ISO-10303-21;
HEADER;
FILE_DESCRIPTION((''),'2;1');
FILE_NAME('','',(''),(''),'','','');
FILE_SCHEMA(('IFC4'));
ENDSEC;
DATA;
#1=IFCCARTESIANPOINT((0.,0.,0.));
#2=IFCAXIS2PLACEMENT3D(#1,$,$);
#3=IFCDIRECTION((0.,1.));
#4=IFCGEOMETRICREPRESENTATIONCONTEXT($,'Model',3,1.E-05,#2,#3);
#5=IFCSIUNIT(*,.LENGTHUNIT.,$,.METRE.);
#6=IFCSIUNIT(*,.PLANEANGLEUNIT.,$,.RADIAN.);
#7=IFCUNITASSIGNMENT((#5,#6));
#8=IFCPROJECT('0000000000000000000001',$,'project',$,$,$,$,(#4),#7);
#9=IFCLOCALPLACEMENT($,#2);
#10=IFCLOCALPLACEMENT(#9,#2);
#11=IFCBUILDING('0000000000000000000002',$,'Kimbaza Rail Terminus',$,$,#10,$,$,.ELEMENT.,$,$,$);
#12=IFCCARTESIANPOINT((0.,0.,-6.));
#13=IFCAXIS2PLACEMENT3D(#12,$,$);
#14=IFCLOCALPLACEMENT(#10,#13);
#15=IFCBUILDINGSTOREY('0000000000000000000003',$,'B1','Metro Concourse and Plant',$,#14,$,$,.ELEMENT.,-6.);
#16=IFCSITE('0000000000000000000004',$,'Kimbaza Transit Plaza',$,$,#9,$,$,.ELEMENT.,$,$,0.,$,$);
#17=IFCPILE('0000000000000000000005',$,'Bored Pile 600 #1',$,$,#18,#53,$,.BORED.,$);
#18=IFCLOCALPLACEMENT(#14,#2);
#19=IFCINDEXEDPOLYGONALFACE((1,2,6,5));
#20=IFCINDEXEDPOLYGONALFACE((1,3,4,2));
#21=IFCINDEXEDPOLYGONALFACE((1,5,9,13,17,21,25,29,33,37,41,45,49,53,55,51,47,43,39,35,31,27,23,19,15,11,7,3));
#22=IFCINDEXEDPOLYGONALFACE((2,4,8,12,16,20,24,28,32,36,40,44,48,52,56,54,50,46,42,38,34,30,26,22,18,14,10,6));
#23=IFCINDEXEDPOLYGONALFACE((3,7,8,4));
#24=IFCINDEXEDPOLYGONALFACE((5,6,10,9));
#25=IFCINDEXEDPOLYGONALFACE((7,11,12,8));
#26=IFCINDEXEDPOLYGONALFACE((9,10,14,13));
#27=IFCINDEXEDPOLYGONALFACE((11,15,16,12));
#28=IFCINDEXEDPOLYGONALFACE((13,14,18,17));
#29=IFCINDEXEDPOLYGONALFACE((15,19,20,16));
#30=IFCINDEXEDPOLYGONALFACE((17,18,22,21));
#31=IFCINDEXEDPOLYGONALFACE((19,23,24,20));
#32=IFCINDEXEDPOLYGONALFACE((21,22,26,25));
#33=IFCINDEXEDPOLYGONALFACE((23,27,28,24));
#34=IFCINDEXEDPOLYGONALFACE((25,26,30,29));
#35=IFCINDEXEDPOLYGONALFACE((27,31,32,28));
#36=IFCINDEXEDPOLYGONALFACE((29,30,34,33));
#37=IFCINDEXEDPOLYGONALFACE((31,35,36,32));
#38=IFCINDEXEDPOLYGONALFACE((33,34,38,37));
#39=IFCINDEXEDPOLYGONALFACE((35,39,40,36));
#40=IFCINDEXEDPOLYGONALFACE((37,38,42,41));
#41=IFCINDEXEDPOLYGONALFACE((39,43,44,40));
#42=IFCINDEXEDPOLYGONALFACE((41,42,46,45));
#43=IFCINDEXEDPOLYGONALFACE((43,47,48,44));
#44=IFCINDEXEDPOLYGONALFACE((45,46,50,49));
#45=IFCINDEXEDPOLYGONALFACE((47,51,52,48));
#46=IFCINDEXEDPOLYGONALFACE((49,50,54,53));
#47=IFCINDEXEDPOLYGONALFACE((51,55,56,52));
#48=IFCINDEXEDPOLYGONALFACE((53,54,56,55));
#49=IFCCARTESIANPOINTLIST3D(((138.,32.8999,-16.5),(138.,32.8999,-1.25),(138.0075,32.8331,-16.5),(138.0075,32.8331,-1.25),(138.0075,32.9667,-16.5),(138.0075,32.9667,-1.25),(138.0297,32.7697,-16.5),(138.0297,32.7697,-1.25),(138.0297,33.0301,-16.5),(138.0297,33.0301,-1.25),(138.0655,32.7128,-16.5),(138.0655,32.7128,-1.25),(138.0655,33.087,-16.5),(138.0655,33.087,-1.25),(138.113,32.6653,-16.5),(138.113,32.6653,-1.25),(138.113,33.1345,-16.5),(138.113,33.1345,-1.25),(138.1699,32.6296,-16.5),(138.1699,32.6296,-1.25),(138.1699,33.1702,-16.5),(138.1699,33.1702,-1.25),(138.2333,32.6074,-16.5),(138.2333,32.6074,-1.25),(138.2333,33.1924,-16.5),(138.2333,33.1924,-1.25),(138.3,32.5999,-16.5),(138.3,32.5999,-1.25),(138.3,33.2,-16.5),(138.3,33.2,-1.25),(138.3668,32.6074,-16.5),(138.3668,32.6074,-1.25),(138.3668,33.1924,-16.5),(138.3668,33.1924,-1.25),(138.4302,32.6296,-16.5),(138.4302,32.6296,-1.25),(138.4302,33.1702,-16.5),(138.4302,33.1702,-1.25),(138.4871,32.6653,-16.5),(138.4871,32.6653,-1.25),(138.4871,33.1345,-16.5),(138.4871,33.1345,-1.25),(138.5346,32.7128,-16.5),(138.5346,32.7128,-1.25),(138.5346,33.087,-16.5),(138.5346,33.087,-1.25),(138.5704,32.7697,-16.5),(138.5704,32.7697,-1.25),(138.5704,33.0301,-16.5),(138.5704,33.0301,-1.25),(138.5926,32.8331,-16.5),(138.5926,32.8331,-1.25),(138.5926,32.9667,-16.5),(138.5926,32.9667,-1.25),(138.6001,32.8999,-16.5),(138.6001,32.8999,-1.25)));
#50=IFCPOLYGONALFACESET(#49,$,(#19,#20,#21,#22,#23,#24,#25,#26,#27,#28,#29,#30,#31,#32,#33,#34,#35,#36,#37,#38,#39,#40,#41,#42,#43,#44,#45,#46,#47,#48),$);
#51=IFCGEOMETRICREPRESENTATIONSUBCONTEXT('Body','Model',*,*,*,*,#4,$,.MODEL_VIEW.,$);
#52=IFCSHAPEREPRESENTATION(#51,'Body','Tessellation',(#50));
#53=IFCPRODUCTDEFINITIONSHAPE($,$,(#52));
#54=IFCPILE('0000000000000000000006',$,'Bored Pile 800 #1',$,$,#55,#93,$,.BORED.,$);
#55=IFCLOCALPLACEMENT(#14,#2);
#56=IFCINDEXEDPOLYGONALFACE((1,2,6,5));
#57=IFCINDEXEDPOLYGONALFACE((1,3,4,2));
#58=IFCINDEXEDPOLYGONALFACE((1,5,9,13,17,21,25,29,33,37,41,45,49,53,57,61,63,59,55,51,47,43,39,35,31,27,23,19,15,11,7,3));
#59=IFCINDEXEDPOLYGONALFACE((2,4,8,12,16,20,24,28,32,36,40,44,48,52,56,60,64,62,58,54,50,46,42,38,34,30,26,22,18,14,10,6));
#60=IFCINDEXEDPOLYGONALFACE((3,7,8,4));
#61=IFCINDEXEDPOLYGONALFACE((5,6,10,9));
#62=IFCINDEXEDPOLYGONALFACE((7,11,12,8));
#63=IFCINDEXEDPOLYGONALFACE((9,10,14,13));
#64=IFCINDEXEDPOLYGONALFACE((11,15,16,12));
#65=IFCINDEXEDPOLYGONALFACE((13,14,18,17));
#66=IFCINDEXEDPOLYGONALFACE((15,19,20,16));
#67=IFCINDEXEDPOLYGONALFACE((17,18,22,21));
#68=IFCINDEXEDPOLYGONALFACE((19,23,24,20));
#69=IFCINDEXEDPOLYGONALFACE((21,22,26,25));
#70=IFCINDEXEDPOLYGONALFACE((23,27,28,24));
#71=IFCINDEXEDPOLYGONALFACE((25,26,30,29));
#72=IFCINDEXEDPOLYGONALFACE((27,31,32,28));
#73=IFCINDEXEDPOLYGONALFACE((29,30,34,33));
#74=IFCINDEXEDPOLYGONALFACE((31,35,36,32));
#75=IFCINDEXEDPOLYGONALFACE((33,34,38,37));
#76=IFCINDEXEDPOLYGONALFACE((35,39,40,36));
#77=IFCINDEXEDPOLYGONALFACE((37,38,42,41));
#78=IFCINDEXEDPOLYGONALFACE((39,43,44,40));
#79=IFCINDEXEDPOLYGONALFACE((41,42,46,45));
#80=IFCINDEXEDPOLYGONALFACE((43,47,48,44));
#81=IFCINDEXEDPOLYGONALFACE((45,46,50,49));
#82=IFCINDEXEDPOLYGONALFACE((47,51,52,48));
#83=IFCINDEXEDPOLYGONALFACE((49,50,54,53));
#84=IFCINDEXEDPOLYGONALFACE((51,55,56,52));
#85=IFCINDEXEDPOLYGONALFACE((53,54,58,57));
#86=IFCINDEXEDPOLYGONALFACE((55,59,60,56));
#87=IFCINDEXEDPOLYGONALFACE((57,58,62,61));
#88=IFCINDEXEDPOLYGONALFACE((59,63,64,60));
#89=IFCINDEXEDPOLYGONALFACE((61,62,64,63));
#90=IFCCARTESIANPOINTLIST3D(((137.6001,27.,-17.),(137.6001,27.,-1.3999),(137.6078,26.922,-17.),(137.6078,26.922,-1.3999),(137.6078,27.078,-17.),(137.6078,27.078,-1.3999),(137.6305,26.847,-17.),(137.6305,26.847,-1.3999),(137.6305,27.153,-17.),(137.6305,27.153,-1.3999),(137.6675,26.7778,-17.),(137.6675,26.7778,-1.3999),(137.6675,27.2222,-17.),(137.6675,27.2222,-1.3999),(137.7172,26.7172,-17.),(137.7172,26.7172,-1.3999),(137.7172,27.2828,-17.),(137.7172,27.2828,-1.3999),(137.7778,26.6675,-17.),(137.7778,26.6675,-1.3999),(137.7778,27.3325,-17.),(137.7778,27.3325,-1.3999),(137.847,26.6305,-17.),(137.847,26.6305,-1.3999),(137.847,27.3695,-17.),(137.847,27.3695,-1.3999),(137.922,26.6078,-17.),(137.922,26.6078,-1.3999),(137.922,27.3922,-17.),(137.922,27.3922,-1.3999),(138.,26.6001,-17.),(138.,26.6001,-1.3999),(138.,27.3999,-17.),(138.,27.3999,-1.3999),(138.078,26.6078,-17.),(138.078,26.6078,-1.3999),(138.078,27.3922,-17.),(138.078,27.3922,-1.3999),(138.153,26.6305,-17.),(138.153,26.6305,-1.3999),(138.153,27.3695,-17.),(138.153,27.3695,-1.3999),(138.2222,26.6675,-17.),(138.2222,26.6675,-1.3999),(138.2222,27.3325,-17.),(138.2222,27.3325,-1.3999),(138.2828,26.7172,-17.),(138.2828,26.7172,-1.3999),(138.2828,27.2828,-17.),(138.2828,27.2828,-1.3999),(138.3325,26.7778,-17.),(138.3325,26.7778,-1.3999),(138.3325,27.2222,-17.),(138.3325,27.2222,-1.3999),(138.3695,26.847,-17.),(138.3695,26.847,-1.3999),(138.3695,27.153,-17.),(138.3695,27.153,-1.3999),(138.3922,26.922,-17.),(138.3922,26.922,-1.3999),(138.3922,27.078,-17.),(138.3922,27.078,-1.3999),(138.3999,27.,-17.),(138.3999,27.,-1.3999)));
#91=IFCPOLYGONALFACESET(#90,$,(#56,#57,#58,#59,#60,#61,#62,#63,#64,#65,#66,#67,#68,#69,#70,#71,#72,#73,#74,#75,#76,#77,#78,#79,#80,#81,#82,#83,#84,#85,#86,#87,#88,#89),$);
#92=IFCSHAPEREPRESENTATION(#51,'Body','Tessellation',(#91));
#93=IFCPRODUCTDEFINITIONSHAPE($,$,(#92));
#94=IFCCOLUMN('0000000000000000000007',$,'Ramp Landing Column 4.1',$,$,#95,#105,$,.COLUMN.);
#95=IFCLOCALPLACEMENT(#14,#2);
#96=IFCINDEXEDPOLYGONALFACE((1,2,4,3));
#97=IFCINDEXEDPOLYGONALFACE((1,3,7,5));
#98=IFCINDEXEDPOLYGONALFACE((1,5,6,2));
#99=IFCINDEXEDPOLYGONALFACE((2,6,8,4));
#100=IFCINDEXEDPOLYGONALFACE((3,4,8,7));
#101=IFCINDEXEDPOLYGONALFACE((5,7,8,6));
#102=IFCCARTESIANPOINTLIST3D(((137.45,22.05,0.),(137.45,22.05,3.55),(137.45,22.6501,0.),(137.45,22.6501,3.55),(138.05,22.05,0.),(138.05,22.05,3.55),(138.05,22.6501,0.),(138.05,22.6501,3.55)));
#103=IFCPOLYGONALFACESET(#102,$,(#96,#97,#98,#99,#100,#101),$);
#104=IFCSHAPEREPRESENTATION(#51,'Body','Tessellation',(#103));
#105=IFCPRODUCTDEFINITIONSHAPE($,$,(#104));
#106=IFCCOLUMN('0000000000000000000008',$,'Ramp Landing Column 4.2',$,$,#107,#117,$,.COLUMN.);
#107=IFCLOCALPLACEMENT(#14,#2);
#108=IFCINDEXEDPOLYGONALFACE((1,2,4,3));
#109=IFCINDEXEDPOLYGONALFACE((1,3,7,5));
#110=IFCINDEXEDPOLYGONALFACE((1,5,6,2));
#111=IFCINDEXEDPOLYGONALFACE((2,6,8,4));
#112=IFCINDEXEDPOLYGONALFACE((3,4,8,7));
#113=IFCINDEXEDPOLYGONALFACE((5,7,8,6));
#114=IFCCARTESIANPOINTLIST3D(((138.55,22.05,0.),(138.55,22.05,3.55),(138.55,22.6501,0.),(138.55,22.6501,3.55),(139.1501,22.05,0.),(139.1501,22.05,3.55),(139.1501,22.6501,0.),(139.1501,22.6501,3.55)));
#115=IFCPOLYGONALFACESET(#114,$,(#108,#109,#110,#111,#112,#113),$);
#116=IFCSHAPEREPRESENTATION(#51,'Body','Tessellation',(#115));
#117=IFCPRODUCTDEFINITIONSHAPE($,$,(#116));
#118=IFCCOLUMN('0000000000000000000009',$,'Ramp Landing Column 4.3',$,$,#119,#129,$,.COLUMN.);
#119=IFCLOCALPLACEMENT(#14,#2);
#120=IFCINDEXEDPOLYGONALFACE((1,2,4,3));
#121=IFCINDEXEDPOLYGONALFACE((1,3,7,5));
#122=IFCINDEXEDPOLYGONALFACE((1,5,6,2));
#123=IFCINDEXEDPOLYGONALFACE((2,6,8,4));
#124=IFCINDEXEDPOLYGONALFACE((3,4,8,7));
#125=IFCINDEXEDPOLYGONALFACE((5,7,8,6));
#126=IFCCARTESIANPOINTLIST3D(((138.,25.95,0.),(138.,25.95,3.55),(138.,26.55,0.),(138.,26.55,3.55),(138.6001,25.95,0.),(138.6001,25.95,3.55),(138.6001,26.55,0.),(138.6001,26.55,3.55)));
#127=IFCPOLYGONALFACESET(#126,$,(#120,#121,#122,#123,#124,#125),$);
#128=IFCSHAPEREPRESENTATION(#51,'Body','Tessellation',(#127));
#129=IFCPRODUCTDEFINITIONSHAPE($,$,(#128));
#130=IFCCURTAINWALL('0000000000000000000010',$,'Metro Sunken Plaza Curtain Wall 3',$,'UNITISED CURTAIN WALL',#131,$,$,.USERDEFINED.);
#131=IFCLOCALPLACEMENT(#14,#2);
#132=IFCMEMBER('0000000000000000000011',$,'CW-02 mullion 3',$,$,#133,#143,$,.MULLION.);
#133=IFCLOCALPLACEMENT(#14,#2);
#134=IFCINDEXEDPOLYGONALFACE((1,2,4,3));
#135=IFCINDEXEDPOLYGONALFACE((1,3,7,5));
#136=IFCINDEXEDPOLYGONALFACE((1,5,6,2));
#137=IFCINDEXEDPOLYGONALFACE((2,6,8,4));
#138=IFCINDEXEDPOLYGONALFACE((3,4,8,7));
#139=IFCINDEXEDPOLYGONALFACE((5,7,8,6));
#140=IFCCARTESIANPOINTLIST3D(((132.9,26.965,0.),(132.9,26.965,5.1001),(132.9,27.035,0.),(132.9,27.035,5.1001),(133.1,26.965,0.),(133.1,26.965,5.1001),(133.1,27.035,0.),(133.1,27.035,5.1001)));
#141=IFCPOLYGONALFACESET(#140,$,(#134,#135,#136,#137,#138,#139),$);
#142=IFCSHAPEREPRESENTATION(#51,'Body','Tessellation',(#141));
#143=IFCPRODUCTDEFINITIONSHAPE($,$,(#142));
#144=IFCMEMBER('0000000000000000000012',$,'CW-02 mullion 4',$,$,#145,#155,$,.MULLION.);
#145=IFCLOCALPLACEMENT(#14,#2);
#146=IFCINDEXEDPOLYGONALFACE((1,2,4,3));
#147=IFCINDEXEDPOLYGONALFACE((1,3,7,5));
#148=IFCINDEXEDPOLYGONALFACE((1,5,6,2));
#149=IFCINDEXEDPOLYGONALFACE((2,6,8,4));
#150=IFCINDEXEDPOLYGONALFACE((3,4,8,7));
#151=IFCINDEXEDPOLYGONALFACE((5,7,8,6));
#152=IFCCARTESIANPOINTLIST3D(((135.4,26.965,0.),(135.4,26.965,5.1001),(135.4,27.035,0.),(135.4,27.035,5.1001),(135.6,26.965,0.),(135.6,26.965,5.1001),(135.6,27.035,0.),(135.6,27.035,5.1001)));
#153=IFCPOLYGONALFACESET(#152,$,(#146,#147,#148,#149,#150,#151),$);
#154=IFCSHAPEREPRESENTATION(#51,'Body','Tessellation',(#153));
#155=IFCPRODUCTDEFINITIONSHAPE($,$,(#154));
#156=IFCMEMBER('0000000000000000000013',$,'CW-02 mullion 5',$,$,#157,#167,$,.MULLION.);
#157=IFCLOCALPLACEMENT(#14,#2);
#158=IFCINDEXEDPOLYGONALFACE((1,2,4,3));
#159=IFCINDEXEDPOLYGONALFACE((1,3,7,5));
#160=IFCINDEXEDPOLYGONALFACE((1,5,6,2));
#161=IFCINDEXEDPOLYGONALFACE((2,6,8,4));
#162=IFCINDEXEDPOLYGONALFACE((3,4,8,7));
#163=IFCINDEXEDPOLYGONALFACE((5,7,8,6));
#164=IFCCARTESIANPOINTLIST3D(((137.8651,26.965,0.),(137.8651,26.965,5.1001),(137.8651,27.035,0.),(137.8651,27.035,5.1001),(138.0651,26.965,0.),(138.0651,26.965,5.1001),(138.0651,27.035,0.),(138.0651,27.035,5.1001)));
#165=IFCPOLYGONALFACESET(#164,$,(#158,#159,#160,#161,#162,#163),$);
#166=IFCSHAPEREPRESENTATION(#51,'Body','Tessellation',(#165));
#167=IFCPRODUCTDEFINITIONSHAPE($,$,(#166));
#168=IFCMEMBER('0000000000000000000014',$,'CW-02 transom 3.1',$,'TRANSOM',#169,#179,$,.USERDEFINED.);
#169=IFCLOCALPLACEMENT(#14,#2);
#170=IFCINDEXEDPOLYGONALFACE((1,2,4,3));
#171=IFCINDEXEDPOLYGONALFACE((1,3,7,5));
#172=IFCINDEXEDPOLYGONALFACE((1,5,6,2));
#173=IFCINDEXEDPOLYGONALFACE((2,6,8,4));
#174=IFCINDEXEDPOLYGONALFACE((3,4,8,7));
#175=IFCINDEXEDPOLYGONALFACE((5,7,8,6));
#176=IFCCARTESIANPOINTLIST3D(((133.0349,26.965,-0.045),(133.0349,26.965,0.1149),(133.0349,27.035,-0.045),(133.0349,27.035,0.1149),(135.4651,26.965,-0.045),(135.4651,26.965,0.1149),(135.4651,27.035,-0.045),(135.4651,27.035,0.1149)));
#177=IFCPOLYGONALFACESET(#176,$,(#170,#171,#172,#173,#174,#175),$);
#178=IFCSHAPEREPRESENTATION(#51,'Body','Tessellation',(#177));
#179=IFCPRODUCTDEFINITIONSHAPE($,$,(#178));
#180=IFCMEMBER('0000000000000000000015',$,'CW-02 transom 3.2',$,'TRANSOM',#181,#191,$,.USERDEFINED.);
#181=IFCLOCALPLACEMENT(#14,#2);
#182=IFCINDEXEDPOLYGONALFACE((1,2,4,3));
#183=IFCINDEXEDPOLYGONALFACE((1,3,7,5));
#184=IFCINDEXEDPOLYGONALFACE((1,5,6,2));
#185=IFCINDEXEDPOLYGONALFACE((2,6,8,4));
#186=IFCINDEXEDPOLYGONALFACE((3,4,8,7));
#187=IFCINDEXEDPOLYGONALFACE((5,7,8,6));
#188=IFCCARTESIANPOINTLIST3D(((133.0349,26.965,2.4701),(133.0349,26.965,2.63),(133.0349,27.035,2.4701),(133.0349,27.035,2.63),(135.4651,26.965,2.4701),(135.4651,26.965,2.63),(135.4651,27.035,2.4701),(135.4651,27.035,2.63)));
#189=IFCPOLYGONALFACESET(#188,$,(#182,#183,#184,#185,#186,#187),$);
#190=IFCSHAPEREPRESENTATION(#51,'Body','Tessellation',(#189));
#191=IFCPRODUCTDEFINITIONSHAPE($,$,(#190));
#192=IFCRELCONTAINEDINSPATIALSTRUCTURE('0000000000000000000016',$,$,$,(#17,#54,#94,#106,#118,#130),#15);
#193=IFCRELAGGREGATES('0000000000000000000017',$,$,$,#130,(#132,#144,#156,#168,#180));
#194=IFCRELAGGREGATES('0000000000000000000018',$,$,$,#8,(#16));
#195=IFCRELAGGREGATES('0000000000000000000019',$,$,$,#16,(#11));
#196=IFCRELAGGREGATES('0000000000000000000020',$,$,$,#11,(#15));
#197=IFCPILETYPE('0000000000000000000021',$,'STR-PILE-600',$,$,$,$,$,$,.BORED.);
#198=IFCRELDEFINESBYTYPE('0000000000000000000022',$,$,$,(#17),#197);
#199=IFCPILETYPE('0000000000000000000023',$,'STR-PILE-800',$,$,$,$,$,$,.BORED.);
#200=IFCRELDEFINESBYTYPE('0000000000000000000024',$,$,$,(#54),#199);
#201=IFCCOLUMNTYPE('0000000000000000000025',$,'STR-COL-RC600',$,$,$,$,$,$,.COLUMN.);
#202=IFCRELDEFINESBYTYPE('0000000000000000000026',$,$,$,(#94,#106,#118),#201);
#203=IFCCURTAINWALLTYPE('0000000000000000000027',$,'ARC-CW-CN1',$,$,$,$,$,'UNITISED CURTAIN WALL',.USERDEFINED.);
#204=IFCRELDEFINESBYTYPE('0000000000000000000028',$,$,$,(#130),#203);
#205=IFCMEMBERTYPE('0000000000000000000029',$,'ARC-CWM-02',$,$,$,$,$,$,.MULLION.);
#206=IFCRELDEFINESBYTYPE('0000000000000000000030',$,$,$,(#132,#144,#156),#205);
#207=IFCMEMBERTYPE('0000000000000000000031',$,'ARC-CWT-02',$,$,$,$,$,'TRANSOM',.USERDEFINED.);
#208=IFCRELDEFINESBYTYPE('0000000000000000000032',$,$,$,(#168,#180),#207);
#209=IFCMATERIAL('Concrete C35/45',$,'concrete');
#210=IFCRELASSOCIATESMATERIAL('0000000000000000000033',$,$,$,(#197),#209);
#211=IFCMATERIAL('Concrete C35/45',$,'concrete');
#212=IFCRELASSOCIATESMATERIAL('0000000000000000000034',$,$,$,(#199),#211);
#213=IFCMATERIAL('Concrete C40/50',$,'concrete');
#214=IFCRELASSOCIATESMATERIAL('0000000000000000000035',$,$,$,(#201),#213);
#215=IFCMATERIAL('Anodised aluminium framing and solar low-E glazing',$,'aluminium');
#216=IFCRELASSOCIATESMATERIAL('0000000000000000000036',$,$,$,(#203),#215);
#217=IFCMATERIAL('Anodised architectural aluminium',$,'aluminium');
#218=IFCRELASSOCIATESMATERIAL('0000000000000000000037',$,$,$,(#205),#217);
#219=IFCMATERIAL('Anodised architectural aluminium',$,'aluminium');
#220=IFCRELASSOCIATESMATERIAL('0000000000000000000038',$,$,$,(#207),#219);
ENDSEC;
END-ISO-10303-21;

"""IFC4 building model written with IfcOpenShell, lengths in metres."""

from ifc_helpers import new_model, si_unit, direction, frame, origin, origin_2d, place, context, subcontext, project, spatial, rectangle, circle, extrude, material, material_profile, profile_set, type_object, element, aggregate, save


model = new_model("IFC4")

# Units and contexts
model_context = context("Model", 3, precision=1e-05, world=origin(), true_north=direction((0.0, 1.0)))
body_context = subcontext(model_context, "Body", "Model", "MODEL_VIEW")
ifc_project = project(units=[si_unit("LENGTHUNIT", "METRE"), si_unit("PLANEANGLEUNIT", "RADIAN")], contexts=[model_context])

# Site, building, storey
site_placement = place(None, origin())
site = spatial("IfcSite", under=ifc_project, at=site_placement, Name="Kimbaza Transit Plaza", CompositionType="ELEMENT", RefElevation=0.0)
building_placement = place(site_placement, origin())
building = spatial("IfcBuilding", under=site, at=building_placement, Name="Kimbaza Rail Terminus", CompositionType="ELEMENT")
storey_placement = place(building_placement, frame((0.0, 0.0, -6.0)))
storey = spatial("IfcBuildingStorey", under=building, at=storey_placement, Name="B1", Description="Metro Concourse and Plant", CompositionType="ELEMENT", Elevation=-6.0)

# Piles
ifc_material_1 = material(Name="Concrete C35/45", Category="concrete")
ifc_material_profile_1 = material_profile(ifc_material_1, circle(Radius=0.3, at=origin_2d()), Name="BORED PILE 600")
ifc_profile_set_1 = profile_set([ifc_material_profile_1], Name="Concrete C35/45")
pile_type_1 = type_object("IfcPileType", Name="STR-PILE-600", PredefinedType="BORED", material=ifc_profile_set_1)
pile_1_placement = place(storey_placement, frame((138.3, 32.8999, -1.25), z_axis=(0.0, 0.0, -1.0), x_axis=(1.0, 0.0, 0.0)))
element("IfcPile", 1, at=pile_1_placement, inside=storey, type_object=pile_type_1, Name="Bored Pile 600 #1", PredefinedType="BORED", context=body_context, shape_type="SweptSolid", body=[
    extrude(circle(Radius=0.3, at=origin_2d()), origin(), (0.0, 0.0, 1.0), 15.25),
])
ifc_material_2 = material(Name="Concrete C35/45", Category="concrete")
ifc_material_profile_2 = material_profile(ifc_material_2, circle(Radius=0.3999, at=origin_2d()), Name="BORED PILE 800")
ifc_profile_set_2 = profile_set([ifc_material_profile_2], Name="Concrete C35/45")
pile_type_2 = type_object("IfcPileType", Name="STR-PILE-800", PredefinedType="BORED", material=ifc_profile_set_2)
pile_2_placement = place(storey_placement, frame((138.0, 27.0, -1.3999), z_axis=(0.0, 0.0, -1.0), x_axis=(1.0, 0.0, 0.0)))
element("IfcPile", 2, at=pile_2_placement, inside=storey, type_object=pile_type_2, Name="Bored Pile 800 #1", PredefinedType="BORED", context=body_context, shape_type="SweptSolid", body=[
    extrude(circle(Radius=0.3999, at=origin_2d()), origin(), (0.0, 0.0, 1.0), 15.6001),
])

# Columns
ifc_material_3 = material(Name="Concrete C40/50", Category="concrete")
ifc_material_profile_3 = material_profile(ifc_material_3, rectangle(XDim=0.6001, YDim=0.6001, at=origin_2d()), Name="RC 600x600")
ifc_profile_set_3 = profile_set([ifc_material_profile_3], Name="Concrete C40/50")
column_type = type_object("IfcColumnType", Name="STR-COL-RC600", PredefinedType="COLUMN", material=ifc_profile_set_3)
for number, where, z_axis, x_axis, name in (
    (3, (137.75, 22.3501, 0.0), (0.0, 0.0, 1.0), (1.0, 0.0, 0.0), "Ramp Landing Column 4.1"),
    (4, (138.8501, 22.3501, 0.0), (0.0, 0.0, 1.0), (1.0, 0.0, 0.0), "Ramp Landing Column 4.2"),
    (5, (138.3, 26.25, 0.0), (0.0, 0.0, 1.0), (1.0, 0.0, 0.0), "Ramp Landing Column 4.3"),
):
    element("IfcColumn", number, at=place(storey_placement, frame(where, z_axis=z_axis, x_axis=x_axis)), inside=storey, type_object=column_type, Name=name, PredefinedType="COLUMN", context=body_context, shape_type="SweptSolid", body=[
        extrude(rectangle(XDim=0.6001, YDim=0.6001, at=origin_2d()), origin(), (0.0, 0.0, 1.0), 3.55),
    ])

# Curtain wall, members
ifc_material_4 = material(Name="Anodised aluminium framing and solar low-E glazing", Category="aluminium")
curtain_wall_type = type_object("IfcCurtainWallType", Name="ARC-CW-CN1", ElementType="UNITISED CURTAIN WALL", PredefinedType="USERDEFINED", material=ifc_material_4)
curtain_wall_placement = place(storey_placement, origin())
curtain_wall = element("IfcCurtainWall", 6, at=curtain_wall_placement, inside=storey, type_object=curtain_wall_type, Name="Metro Sunken Plaza Curtain Wall 3", ObjectType="UNITISED CURTAIN WALL", PredefinedType="USERDEFINED")
ifc_material_5 = material(Name="Anodised architectural aluminium", Category="aluminium")
ifc_material_profile_4 = material_profile(ifc_material_5, rectangle(XDim=0.0701, YDim=0.2, at=origin_2d()), Name="MULLION 70x200")
ifc_profile_set_4 = profile_set([ifc_material_profile_4], Name="Anodised architectural aluminium")
member_type_1 = type_object("IfcMemberType", Name="ARC-CWM-02", PredefinedType="MULLION", material=ifc_profile_set_4)
member_1_placement = place(storey_placement, frame((133.0, 27.0, 0.0), z_axis=(0.0, 0.0, 1.0), x_axis=(0.0, 1.0, 0.0)))
member_1 = element("IfcMember", 7, at=member_1_placement, type_object=member_type_1, Name="CW-02 mullion 3", PredefinedType="MULLION", context=body_context, shape_type="SweptSolid", body=[
    extrude(rectangle(XDim=0.0701, YDim=0.2, at=origin_2d()), origin(), (0.0, 0.0, 1.0), 5.1001),
])
member_2_placement = place(storey_placement, frame((135.5, 27.0, 0.0), z_axis=(0.0, 0.0, 1.0), x_axis=(0.0, 1.0, 0.0)))
member_2 = element("IfcMember", 8, at=member_2_placement, type_object=member_type_1, Name="CW-02 mullion 4", PredefinedType="MULLION", context=body_context, shape_type="SweptSolid", body=[
    extrude(rectangle(XDim=0.0701, YDim=0.2, at=origin_2d()), origin(), (0.0, 0.0, 1.0), 5.1001),
])
member_3_placement = place(storey_placement, frame((137.9651, 27.0, 0.0), z_axis=(0.0, 0.0, 1.0), x_axis=(0.0, 1.0, 0.0)))
member_3 = element("IfcMember", 9, at=member_3_placement, type_object=member_type_1, Name="CW-02 mullion 5", PredefinedType="MULLION", context=body_context, shape_type="SweptSolid", body=[
    extrude(rectangle(XDim=0.0701, YDim=0.2, at=origin_2d()), origin(), (0.0, 0.0, 1.0), 5.1001),
])
ifc_material_6 = material(Name="Anodised architectural aluminium", Category="aluminium")
ifc_material_profile_5 = material_profile(ifc_material_6, rectangle(XDim=0.0701, YDim=0.1599, at=origin_2d()), Name="TRANSOM 70x160")
ifc_profile_set_5 = profile_set([ifc_material_profile_5], Name="Anodised architectural aluminium")
member_type_2 = type_object("IfcMemberType", Name="ARC-CWT-02", ElementType="TRANSOM", PredefinedType="USERDEFINED", material=ifc_profile_set_5)
member_4_placement = place(storey_placement, frame((133.0349, 27.0, 0.0349), z_axis=(1.0, 0.0, 0.0), x_axis=(0.0, 1.0, 0.0)))
member_4 = element("IfcMember", 10, at=member_4_placement, type_object=member_type_2, Name="CW-02 transom 3.1", ObjectType="TRANSOM", PredefinedType="USERDEFINED", context=body_context, shape_type="SweptSolid", body=[
    extrude(rectangle(XDim=0.0701, YDim=0.1599, at=origin_2d()), origin(), (0.0, 0.0, 1.0), 2.4302),
])
member_5_placement = place(storey_placement, frame((133.0349, 27.0, 2.55), z_axis=(1.0, 0.0, 0.0), x_axis=(0.0, 1.0, 0.0)))
member_5 = element("IfcMember", 11, at=member_5_placement, type_object=member_type_2, Name="CW-02 transom 3.2", ObjectType="TRANSOM", PredefinedType="USERDEFINED", context=body_context, shape_type="SweptSolid", body=[
    extrude(rectangle(XDim=0.0701, YDim=0.1599, at=origin_2d()), origin(), (0.0, 0.0, 1.0), 2.4302),
])
aggregate(curtain_wall, [member_1, member_2, member_3, member_4, member_5])

save(model, "model.ifc")
